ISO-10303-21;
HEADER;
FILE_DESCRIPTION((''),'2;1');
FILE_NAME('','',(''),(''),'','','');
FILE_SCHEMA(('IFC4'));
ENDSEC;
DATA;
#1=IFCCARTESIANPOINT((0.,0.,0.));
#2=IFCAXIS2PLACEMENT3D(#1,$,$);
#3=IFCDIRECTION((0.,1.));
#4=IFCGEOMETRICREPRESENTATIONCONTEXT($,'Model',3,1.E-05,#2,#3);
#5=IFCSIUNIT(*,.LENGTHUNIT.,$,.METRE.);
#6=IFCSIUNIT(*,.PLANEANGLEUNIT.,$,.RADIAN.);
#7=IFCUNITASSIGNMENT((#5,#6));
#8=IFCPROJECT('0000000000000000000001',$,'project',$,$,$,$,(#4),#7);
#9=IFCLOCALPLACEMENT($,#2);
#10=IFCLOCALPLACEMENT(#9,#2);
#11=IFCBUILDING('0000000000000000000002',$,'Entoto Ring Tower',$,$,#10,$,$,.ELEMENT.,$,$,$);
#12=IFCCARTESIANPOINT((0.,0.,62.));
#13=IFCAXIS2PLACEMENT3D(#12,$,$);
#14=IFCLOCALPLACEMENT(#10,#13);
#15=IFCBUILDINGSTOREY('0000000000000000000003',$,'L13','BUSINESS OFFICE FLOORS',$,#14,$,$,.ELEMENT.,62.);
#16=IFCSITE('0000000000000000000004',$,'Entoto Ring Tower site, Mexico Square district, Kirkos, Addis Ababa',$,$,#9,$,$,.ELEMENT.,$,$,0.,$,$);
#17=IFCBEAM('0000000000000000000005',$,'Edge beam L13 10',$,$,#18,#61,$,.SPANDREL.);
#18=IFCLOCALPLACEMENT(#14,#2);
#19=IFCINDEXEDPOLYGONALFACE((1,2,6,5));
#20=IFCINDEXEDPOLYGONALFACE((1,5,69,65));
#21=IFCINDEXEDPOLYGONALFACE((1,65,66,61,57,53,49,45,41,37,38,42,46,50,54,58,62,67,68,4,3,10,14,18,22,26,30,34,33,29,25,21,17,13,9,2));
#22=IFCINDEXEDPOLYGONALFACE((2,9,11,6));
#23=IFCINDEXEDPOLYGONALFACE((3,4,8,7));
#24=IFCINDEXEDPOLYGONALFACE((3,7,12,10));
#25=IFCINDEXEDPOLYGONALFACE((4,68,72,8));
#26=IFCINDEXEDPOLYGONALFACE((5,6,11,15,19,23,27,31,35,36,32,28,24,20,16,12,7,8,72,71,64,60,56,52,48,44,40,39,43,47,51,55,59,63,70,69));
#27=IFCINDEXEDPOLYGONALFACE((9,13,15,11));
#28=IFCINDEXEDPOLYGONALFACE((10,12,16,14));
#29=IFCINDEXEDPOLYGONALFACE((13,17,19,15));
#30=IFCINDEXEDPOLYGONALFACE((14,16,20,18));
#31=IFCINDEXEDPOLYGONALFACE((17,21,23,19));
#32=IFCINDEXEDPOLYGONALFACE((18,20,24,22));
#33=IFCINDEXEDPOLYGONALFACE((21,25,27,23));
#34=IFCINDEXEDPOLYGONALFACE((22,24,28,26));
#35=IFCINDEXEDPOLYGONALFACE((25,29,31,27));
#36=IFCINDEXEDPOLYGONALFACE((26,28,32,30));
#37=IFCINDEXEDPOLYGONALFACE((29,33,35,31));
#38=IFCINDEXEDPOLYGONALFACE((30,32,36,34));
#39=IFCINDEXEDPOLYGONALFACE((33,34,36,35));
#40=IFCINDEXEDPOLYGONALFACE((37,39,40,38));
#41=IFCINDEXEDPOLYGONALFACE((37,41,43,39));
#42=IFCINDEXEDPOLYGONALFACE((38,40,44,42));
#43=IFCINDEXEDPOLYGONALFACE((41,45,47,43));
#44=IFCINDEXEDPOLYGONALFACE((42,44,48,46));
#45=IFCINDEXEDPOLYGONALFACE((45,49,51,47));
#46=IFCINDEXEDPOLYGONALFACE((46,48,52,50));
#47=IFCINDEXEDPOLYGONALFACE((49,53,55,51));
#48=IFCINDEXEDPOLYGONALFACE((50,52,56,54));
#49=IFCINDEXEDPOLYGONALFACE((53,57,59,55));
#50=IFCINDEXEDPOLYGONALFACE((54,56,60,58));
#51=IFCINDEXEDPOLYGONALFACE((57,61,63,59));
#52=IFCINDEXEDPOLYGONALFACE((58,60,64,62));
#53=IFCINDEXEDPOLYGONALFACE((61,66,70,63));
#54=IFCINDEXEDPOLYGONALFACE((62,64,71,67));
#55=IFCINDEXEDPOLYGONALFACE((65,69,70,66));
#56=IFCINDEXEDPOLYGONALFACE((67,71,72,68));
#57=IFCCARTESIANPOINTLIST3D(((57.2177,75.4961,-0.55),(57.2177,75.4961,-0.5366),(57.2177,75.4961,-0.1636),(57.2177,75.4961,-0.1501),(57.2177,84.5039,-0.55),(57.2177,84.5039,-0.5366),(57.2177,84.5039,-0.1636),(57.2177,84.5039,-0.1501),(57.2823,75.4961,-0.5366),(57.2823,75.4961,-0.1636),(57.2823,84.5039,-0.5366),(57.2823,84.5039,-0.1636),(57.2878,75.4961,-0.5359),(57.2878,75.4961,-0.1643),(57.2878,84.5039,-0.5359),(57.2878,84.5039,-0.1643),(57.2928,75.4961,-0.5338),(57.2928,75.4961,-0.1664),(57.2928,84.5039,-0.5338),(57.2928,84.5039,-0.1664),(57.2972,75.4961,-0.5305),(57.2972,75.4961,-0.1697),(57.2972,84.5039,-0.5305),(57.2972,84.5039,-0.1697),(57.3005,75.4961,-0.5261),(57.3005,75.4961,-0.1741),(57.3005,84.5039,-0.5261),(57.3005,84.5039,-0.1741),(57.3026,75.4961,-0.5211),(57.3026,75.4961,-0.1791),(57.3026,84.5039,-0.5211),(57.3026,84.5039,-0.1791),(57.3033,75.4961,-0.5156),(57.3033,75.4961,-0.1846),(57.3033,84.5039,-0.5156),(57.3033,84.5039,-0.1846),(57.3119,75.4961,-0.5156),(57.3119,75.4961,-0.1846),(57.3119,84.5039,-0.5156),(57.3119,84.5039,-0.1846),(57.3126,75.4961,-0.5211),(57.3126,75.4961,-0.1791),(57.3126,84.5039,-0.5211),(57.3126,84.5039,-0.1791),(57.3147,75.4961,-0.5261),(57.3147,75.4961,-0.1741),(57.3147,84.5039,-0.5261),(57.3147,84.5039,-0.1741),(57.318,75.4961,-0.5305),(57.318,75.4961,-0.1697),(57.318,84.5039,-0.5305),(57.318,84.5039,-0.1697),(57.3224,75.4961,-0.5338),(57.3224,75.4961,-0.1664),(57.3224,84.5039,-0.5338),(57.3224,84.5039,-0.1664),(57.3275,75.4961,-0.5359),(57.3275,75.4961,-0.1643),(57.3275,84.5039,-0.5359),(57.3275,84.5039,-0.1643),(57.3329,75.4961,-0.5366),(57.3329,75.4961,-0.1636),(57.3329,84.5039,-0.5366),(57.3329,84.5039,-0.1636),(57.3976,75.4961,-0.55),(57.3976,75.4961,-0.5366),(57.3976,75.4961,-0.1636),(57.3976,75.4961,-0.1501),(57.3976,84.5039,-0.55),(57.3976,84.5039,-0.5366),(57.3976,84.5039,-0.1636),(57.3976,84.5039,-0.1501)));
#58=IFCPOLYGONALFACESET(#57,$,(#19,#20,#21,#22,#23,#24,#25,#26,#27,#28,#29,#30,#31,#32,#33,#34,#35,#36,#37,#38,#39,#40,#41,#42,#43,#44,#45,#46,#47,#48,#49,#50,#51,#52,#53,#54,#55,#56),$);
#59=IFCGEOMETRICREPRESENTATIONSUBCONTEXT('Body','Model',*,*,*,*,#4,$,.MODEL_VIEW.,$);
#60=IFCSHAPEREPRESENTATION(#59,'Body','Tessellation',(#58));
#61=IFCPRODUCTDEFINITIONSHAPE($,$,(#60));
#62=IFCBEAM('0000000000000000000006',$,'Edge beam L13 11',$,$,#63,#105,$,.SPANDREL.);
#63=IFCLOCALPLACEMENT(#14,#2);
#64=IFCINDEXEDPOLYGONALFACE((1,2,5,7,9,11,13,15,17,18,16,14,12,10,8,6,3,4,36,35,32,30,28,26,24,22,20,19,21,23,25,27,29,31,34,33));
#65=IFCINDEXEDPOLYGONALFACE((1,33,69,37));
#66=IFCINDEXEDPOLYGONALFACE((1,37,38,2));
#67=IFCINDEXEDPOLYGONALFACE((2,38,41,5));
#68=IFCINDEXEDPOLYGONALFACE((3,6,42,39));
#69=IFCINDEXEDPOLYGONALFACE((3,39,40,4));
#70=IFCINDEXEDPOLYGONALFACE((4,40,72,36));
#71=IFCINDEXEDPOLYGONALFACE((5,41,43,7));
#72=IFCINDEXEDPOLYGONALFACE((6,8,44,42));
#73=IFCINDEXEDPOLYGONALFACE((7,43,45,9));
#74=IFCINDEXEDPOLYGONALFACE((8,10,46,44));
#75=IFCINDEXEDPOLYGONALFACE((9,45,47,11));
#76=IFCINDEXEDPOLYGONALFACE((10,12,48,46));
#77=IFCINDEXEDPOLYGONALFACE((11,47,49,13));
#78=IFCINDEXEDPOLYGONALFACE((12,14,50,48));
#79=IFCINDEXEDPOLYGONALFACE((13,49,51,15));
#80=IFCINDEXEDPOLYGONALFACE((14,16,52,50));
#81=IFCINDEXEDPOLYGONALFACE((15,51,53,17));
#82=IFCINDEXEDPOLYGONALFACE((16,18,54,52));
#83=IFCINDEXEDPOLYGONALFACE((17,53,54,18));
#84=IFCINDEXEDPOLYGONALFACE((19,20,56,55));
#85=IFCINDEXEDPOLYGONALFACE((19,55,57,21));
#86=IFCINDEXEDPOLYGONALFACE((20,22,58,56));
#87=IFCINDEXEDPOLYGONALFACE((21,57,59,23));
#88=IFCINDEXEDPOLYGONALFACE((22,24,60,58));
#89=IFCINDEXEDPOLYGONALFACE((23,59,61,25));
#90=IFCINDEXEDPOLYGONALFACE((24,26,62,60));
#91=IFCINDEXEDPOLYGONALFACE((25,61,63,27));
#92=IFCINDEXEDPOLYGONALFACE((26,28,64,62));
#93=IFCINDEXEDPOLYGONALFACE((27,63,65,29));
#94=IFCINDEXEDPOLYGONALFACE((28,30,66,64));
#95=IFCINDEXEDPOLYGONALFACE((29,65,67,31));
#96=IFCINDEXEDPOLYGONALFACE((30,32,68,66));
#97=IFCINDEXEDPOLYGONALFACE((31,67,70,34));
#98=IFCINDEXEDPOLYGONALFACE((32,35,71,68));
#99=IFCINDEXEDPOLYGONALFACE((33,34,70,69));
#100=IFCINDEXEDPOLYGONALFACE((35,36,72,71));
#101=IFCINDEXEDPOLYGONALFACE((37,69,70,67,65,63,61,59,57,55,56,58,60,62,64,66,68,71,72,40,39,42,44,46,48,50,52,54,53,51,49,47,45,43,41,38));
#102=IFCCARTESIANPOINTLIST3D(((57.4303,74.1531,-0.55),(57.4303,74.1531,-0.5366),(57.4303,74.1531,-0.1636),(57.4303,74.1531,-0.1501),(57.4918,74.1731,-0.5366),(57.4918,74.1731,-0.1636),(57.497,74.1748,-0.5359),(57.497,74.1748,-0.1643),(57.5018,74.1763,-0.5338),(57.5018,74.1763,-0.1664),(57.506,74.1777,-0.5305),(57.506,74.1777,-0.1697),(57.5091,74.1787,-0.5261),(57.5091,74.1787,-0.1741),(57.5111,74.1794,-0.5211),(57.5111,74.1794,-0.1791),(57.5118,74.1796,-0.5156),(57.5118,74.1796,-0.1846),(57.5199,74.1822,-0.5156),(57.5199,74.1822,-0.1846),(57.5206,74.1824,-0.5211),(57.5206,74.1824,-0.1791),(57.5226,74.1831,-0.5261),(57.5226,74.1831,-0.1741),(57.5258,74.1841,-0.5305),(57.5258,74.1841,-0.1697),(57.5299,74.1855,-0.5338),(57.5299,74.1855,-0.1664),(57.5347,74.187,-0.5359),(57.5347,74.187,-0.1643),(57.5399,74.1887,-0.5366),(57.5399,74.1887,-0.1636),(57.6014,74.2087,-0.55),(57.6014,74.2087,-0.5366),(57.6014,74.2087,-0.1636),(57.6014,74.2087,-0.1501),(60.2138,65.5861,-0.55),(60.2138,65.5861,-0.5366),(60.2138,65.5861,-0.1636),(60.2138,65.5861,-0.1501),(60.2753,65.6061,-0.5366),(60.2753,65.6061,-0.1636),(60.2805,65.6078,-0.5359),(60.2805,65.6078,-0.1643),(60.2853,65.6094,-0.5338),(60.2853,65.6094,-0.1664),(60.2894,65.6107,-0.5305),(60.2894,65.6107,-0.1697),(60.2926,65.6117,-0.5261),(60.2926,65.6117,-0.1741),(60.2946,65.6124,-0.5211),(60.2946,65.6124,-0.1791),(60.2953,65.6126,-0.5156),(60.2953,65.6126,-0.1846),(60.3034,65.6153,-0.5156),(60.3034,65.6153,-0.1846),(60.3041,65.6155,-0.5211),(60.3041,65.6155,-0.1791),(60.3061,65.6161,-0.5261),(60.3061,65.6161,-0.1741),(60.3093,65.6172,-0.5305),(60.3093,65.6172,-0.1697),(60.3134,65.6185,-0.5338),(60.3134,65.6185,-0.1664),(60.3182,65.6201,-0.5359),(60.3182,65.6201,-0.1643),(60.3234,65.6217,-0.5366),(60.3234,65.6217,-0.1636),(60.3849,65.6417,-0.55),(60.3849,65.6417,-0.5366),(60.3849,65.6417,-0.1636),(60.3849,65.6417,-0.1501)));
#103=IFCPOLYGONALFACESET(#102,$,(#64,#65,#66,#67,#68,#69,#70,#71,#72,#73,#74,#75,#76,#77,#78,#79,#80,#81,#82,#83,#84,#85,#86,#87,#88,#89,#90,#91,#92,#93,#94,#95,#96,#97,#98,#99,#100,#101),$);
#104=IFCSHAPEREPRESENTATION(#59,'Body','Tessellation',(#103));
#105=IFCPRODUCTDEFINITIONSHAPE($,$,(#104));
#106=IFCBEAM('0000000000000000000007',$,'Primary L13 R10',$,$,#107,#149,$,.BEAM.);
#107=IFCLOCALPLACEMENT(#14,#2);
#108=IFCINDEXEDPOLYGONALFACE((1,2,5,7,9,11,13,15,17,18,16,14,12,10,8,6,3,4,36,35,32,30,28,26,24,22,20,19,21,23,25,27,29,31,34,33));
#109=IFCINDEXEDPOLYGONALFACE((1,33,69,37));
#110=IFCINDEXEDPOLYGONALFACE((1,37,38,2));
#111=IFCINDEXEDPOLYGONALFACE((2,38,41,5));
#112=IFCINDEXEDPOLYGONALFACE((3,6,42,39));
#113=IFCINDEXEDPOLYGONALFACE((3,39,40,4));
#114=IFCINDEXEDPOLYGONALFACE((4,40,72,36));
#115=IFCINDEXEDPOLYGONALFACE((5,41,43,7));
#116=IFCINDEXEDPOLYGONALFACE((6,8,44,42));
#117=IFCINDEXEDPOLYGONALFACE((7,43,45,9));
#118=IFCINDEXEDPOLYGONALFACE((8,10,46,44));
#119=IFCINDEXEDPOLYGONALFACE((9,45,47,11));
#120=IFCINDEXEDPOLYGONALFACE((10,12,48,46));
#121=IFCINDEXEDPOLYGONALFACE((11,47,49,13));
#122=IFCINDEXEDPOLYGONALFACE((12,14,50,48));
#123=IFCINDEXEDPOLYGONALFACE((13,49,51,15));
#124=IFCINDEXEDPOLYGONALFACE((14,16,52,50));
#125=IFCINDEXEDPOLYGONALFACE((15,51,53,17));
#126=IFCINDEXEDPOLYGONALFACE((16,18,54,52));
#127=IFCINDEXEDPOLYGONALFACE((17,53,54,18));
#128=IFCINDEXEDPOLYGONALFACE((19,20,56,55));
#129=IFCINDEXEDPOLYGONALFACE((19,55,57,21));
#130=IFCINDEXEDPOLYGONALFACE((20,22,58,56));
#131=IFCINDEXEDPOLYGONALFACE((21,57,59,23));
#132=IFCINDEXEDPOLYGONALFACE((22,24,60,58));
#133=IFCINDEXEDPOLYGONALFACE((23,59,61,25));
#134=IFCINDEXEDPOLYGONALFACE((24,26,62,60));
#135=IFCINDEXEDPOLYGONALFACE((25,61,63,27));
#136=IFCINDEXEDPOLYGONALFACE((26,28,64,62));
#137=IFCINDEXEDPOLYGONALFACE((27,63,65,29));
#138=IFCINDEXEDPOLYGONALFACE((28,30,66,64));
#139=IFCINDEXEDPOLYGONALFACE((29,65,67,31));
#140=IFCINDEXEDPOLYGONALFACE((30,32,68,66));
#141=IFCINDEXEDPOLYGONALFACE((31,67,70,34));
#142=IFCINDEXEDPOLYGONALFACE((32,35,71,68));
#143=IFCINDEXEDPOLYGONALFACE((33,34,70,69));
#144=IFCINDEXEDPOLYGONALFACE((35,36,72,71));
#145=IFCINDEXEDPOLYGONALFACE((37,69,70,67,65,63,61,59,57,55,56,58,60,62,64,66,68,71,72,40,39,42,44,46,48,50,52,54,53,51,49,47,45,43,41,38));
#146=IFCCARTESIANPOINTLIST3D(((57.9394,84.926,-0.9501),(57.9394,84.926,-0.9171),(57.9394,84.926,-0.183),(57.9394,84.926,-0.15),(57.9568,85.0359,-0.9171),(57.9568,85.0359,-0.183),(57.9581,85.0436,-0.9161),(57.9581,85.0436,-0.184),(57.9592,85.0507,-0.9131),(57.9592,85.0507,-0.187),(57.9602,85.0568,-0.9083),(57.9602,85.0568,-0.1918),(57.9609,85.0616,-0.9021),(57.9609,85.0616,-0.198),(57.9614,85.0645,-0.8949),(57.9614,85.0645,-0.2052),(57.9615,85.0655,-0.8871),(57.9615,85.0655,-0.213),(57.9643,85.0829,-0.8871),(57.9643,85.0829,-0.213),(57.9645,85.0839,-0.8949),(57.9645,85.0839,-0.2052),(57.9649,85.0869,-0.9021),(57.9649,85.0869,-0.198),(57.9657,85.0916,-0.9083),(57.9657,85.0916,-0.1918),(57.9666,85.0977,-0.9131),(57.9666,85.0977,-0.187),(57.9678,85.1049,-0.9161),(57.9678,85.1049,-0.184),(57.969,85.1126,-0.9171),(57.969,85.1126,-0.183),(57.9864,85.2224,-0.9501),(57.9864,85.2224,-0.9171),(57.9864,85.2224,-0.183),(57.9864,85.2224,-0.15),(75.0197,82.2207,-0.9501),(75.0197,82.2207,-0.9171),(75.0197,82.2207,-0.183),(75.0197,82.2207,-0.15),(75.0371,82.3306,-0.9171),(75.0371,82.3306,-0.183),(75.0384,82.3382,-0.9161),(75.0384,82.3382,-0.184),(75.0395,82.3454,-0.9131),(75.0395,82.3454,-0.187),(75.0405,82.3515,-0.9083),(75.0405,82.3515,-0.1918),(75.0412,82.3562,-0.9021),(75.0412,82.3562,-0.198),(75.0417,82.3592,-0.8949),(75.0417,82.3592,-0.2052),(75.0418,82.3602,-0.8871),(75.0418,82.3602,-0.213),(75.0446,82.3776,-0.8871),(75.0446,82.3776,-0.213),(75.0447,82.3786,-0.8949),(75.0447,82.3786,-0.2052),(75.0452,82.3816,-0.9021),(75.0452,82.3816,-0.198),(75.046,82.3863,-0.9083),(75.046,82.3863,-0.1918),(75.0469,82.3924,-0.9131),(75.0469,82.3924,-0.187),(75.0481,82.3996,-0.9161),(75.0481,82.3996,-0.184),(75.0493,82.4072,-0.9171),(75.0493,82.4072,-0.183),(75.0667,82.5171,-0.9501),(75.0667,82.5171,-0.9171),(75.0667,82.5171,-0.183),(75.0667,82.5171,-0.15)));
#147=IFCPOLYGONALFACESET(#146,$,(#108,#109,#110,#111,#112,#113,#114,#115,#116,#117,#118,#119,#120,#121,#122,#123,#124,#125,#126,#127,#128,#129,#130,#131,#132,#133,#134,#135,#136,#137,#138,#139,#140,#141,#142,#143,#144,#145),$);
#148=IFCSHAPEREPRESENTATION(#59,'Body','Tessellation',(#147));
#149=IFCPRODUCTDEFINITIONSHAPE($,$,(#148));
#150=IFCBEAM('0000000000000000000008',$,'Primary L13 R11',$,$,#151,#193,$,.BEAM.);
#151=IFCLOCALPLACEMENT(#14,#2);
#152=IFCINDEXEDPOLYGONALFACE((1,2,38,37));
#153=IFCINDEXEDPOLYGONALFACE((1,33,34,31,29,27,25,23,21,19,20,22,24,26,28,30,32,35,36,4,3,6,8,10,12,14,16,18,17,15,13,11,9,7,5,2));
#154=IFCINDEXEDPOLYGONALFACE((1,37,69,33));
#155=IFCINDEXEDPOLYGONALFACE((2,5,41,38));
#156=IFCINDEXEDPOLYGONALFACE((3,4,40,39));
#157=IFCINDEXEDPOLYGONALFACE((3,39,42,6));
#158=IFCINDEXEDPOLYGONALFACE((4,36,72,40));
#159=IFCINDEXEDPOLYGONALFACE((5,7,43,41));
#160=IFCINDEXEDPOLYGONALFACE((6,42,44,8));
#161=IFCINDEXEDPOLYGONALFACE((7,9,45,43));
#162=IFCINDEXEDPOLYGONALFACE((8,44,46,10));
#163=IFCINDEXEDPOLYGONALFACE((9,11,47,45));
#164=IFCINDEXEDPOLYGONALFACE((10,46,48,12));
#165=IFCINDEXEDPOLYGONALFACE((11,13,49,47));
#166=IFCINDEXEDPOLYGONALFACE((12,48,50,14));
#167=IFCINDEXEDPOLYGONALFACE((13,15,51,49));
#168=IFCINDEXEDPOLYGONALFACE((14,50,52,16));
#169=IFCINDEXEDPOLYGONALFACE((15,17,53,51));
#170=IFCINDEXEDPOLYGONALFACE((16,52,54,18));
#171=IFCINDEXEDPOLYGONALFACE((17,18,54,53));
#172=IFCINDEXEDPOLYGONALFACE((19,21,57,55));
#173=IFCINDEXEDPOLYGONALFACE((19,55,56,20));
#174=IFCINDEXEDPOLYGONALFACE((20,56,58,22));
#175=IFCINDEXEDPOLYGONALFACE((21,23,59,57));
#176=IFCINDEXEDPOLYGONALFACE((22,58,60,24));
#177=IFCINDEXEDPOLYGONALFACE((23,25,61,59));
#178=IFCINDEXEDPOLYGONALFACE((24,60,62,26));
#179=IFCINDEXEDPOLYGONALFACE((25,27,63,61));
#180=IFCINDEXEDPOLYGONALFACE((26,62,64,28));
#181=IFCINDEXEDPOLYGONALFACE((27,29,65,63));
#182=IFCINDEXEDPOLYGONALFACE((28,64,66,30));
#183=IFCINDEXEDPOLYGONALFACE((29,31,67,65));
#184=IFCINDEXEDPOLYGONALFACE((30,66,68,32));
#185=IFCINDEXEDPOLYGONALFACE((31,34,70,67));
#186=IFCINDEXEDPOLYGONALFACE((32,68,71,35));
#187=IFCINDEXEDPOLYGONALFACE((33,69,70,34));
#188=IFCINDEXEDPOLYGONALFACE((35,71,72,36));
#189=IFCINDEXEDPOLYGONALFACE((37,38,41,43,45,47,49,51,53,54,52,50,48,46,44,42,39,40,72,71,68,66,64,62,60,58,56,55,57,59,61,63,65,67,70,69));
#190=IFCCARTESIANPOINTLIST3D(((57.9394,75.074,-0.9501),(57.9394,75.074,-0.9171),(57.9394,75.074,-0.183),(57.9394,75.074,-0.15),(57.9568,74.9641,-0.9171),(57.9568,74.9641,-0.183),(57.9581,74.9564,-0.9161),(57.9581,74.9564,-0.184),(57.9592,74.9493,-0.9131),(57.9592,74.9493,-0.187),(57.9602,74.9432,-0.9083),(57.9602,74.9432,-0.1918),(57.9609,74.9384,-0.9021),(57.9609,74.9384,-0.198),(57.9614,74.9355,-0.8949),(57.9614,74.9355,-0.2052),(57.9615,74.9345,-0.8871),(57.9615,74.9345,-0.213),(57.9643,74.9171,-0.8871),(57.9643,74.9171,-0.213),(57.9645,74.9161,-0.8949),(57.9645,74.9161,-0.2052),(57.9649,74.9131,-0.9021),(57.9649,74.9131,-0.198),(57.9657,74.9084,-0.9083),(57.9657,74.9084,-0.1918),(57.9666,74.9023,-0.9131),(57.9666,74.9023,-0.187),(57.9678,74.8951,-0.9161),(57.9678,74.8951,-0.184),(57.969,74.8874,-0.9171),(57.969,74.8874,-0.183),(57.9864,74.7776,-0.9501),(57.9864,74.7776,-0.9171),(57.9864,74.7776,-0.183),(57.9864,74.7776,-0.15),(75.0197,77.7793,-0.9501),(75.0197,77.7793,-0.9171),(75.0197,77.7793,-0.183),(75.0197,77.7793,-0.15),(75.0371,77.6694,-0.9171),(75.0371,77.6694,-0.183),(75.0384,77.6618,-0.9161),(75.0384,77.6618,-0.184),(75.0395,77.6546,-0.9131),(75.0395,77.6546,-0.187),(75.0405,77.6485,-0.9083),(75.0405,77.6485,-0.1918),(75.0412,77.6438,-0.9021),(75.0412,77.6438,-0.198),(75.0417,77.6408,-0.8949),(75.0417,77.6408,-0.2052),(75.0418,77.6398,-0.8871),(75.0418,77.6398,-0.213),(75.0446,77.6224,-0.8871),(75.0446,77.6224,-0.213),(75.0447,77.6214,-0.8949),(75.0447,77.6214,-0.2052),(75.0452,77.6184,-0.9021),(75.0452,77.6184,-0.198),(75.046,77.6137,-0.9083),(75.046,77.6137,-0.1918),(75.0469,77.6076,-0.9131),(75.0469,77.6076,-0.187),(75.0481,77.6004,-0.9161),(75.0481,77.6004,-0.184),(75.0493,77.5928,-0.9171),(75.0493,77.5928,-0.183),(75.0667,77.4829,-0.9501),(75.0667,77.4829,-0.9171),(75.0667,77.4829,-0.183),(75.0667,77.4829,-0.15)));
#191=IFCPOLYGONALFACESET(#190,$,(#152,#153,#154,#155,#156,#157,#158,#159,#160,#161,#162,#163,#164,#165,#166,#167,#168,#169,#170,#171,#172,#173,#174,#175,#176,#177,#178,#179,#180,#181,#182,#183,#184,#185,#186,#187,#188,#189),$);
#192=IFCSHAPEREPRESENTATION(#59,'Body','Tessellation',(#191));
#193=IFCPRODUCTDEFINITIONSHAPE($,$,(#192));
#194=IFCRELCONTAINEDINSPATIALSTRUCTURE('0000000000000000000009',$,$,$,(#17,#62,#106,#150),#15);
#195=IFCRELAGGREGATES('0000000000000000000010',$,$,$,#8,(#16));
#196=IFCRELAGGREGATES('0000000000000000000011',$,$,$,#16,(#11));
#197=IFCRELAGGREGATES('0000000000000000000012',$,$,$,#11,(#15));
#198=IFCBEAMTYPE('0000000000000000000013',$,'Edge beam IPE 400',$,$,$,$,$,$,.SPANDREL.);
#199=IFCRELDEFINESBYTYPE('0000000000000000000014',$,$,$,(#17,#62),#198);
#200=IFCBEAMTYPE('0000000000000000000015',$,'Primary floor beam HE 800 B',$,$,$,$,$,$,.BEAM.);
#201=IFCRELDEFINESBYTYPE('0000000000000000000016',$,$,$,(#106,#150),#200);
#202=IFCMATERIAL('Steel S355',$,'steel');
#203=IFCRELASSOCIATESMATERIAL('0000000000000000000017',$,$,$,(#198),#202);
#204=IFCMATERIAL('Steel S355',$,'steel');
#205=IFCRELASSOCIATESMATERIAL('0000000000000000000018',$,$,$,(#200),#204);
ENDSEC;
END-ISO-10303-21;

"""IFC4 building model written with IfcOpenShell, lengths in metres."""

from ifc_helpers import new_model, si_unit, direction, frame, origin, origin_2d, place, context, subcontext, project, spatial, i_section, extrude, material, material_profile, profile_set, type_object, element, save


model = new_model("IFC4")

# Units and contexts
model_context = context("Model", 3, precision=1e-05, world=origin(), true_north=direction((0.0, 1.0)))
body_context = subcontext(model_context, "Body", "Model", "MODEL_VIEW")
ifc_project = project(units=[si_unit("LENGTHUNIT", "METRE"), si_unit("PLANEANGLEUNIT", "RADIAN")], contexts=[model_context])

# Site, building, storey
site_placement = place(None, origin())
site = spatial("IfcSite", under=ifc_project, at=site_placement, Name="Entoto Ring Tower site, Mexico Square district, Kirkos, Addis Ababa", CompositionType="ELEMENT", RefElevation=0.0)
building_placement = place(site_placement, origin())
building = spatial("IfcBuilding", under=site, at=building_placement, Name="Entoto Ring Tower", CompositionType="ELEMENT")
storey_placement = place(building_placement, frame((0.0, 0.0, 62.0)))
storey = spatial("IfcBuildingStorey", under=building, at=storey_placement, Name="L13", Description="BUSINESS OFFICE FLOORS", CompositionType="ELEMENT", Elevation=62.0)

# Beams
ifc_material_1 = material(Name="Steel S355", Category="steel")
ifc_material_profile_1 = material_profile(ifc_material_1, i_section(OverallWidth=0.1799, OverallDepth=0.3999, WebThickness=0.0085, FlangeThickness=0.0134, FilletRadius=0.021, at=origin_2d()), Name="IPE 400")
ifc_profile_set_1 = profile_set([ifc_material_profile_1], Name="Steel S355")
beam_type_1 = type_object("IfcBeamType", Name="Edge beam IPE 400", PredefinedType="SPANDREL", material=ifc_profile_set_1)
for number, where, z_axis, x_axis, name in (
    (1, (57.3076, 84.5039, -0.3501), (0.0, -1.0, 0.0), (1.0, 0.0, 0.0), "Edge beam L13 10"),
    (2, (57.5159, 74.1809, -0.3501), (0.309006, -0.95106, 0.0), (0.95106, 0.309006, 0.0), "Edge beam L13 11"),
):
    element("IfcBeam", number, at=place(storey_placement, frame(where, z_axis=z_axis, x_axis=x_axis)), inside=storey, type_object=beam_type_1, Name=name, PredefinedType="SPANDREL", context=body_context, shape_type="SweptSolid", body=[
        extrude(i_section(OverallWidth=0.1799, OverallDepth=0.3999, WebThickness=0.0085, FlangeThickness=0.0134, FilletRadius=0.021, at=origin_2d()), origin(), (0.0, 0.0, 1.0), 9.0078),
    ])
ifc_material_2 = material(Name="Steel S355", Category="steel")
ifc_material_profile_2 = material_profile(ifc_material_2, i_section(OverallWidth=0.3, OverallDepth=0.8, WebThickness=0.0176, FlangeThickness=0.033, FilletRadius=0.03, at=origin_2d()), Name="HE 800 B")
ifc_profile_set_2 = profile_set([ifc_material_profile_2], Name="Steel S355")
beam_type_2 = type_object("IfcBeamType", Name="Primary floor beam HE 800 B", PredefinedType="BEAM", material=ifc_profile_set_2)
for number, where, z_axis, x_axis, name in (
    (3, (75.0432, 82.3689, -0.55), (-0.987688, 0.156438, 0.0), (-0.156438, -0.987688, 0.0), "Primary L13 R10"),
    (4, (75.0432, 77.6311, -0.55), (-0.987688, -0.156438, 0.0), (0.156438, -0.987688, 0.0), "Primary L13 R11"),
):
    element("IfcBeam", number, at=place(storey_placement, frame(where, z_axis=z_axis, x_axis=x_axis)), inside=storey, type_object=beam_type_2, Name=name, PredefinedType="BEAM", context=body_context, shape_type="SweptSolid", body=[
        extrude(i_section(OverallWidth=0.3, OverallDepth=0.8, WebThickness=0.0176, FlangeThickness=0.033, FilletRadius=0.03, at=origin_2d()), origin(), (0.0, 0.0, 1.0), 17.2932),
    ])

save(model, "model.ifc")
